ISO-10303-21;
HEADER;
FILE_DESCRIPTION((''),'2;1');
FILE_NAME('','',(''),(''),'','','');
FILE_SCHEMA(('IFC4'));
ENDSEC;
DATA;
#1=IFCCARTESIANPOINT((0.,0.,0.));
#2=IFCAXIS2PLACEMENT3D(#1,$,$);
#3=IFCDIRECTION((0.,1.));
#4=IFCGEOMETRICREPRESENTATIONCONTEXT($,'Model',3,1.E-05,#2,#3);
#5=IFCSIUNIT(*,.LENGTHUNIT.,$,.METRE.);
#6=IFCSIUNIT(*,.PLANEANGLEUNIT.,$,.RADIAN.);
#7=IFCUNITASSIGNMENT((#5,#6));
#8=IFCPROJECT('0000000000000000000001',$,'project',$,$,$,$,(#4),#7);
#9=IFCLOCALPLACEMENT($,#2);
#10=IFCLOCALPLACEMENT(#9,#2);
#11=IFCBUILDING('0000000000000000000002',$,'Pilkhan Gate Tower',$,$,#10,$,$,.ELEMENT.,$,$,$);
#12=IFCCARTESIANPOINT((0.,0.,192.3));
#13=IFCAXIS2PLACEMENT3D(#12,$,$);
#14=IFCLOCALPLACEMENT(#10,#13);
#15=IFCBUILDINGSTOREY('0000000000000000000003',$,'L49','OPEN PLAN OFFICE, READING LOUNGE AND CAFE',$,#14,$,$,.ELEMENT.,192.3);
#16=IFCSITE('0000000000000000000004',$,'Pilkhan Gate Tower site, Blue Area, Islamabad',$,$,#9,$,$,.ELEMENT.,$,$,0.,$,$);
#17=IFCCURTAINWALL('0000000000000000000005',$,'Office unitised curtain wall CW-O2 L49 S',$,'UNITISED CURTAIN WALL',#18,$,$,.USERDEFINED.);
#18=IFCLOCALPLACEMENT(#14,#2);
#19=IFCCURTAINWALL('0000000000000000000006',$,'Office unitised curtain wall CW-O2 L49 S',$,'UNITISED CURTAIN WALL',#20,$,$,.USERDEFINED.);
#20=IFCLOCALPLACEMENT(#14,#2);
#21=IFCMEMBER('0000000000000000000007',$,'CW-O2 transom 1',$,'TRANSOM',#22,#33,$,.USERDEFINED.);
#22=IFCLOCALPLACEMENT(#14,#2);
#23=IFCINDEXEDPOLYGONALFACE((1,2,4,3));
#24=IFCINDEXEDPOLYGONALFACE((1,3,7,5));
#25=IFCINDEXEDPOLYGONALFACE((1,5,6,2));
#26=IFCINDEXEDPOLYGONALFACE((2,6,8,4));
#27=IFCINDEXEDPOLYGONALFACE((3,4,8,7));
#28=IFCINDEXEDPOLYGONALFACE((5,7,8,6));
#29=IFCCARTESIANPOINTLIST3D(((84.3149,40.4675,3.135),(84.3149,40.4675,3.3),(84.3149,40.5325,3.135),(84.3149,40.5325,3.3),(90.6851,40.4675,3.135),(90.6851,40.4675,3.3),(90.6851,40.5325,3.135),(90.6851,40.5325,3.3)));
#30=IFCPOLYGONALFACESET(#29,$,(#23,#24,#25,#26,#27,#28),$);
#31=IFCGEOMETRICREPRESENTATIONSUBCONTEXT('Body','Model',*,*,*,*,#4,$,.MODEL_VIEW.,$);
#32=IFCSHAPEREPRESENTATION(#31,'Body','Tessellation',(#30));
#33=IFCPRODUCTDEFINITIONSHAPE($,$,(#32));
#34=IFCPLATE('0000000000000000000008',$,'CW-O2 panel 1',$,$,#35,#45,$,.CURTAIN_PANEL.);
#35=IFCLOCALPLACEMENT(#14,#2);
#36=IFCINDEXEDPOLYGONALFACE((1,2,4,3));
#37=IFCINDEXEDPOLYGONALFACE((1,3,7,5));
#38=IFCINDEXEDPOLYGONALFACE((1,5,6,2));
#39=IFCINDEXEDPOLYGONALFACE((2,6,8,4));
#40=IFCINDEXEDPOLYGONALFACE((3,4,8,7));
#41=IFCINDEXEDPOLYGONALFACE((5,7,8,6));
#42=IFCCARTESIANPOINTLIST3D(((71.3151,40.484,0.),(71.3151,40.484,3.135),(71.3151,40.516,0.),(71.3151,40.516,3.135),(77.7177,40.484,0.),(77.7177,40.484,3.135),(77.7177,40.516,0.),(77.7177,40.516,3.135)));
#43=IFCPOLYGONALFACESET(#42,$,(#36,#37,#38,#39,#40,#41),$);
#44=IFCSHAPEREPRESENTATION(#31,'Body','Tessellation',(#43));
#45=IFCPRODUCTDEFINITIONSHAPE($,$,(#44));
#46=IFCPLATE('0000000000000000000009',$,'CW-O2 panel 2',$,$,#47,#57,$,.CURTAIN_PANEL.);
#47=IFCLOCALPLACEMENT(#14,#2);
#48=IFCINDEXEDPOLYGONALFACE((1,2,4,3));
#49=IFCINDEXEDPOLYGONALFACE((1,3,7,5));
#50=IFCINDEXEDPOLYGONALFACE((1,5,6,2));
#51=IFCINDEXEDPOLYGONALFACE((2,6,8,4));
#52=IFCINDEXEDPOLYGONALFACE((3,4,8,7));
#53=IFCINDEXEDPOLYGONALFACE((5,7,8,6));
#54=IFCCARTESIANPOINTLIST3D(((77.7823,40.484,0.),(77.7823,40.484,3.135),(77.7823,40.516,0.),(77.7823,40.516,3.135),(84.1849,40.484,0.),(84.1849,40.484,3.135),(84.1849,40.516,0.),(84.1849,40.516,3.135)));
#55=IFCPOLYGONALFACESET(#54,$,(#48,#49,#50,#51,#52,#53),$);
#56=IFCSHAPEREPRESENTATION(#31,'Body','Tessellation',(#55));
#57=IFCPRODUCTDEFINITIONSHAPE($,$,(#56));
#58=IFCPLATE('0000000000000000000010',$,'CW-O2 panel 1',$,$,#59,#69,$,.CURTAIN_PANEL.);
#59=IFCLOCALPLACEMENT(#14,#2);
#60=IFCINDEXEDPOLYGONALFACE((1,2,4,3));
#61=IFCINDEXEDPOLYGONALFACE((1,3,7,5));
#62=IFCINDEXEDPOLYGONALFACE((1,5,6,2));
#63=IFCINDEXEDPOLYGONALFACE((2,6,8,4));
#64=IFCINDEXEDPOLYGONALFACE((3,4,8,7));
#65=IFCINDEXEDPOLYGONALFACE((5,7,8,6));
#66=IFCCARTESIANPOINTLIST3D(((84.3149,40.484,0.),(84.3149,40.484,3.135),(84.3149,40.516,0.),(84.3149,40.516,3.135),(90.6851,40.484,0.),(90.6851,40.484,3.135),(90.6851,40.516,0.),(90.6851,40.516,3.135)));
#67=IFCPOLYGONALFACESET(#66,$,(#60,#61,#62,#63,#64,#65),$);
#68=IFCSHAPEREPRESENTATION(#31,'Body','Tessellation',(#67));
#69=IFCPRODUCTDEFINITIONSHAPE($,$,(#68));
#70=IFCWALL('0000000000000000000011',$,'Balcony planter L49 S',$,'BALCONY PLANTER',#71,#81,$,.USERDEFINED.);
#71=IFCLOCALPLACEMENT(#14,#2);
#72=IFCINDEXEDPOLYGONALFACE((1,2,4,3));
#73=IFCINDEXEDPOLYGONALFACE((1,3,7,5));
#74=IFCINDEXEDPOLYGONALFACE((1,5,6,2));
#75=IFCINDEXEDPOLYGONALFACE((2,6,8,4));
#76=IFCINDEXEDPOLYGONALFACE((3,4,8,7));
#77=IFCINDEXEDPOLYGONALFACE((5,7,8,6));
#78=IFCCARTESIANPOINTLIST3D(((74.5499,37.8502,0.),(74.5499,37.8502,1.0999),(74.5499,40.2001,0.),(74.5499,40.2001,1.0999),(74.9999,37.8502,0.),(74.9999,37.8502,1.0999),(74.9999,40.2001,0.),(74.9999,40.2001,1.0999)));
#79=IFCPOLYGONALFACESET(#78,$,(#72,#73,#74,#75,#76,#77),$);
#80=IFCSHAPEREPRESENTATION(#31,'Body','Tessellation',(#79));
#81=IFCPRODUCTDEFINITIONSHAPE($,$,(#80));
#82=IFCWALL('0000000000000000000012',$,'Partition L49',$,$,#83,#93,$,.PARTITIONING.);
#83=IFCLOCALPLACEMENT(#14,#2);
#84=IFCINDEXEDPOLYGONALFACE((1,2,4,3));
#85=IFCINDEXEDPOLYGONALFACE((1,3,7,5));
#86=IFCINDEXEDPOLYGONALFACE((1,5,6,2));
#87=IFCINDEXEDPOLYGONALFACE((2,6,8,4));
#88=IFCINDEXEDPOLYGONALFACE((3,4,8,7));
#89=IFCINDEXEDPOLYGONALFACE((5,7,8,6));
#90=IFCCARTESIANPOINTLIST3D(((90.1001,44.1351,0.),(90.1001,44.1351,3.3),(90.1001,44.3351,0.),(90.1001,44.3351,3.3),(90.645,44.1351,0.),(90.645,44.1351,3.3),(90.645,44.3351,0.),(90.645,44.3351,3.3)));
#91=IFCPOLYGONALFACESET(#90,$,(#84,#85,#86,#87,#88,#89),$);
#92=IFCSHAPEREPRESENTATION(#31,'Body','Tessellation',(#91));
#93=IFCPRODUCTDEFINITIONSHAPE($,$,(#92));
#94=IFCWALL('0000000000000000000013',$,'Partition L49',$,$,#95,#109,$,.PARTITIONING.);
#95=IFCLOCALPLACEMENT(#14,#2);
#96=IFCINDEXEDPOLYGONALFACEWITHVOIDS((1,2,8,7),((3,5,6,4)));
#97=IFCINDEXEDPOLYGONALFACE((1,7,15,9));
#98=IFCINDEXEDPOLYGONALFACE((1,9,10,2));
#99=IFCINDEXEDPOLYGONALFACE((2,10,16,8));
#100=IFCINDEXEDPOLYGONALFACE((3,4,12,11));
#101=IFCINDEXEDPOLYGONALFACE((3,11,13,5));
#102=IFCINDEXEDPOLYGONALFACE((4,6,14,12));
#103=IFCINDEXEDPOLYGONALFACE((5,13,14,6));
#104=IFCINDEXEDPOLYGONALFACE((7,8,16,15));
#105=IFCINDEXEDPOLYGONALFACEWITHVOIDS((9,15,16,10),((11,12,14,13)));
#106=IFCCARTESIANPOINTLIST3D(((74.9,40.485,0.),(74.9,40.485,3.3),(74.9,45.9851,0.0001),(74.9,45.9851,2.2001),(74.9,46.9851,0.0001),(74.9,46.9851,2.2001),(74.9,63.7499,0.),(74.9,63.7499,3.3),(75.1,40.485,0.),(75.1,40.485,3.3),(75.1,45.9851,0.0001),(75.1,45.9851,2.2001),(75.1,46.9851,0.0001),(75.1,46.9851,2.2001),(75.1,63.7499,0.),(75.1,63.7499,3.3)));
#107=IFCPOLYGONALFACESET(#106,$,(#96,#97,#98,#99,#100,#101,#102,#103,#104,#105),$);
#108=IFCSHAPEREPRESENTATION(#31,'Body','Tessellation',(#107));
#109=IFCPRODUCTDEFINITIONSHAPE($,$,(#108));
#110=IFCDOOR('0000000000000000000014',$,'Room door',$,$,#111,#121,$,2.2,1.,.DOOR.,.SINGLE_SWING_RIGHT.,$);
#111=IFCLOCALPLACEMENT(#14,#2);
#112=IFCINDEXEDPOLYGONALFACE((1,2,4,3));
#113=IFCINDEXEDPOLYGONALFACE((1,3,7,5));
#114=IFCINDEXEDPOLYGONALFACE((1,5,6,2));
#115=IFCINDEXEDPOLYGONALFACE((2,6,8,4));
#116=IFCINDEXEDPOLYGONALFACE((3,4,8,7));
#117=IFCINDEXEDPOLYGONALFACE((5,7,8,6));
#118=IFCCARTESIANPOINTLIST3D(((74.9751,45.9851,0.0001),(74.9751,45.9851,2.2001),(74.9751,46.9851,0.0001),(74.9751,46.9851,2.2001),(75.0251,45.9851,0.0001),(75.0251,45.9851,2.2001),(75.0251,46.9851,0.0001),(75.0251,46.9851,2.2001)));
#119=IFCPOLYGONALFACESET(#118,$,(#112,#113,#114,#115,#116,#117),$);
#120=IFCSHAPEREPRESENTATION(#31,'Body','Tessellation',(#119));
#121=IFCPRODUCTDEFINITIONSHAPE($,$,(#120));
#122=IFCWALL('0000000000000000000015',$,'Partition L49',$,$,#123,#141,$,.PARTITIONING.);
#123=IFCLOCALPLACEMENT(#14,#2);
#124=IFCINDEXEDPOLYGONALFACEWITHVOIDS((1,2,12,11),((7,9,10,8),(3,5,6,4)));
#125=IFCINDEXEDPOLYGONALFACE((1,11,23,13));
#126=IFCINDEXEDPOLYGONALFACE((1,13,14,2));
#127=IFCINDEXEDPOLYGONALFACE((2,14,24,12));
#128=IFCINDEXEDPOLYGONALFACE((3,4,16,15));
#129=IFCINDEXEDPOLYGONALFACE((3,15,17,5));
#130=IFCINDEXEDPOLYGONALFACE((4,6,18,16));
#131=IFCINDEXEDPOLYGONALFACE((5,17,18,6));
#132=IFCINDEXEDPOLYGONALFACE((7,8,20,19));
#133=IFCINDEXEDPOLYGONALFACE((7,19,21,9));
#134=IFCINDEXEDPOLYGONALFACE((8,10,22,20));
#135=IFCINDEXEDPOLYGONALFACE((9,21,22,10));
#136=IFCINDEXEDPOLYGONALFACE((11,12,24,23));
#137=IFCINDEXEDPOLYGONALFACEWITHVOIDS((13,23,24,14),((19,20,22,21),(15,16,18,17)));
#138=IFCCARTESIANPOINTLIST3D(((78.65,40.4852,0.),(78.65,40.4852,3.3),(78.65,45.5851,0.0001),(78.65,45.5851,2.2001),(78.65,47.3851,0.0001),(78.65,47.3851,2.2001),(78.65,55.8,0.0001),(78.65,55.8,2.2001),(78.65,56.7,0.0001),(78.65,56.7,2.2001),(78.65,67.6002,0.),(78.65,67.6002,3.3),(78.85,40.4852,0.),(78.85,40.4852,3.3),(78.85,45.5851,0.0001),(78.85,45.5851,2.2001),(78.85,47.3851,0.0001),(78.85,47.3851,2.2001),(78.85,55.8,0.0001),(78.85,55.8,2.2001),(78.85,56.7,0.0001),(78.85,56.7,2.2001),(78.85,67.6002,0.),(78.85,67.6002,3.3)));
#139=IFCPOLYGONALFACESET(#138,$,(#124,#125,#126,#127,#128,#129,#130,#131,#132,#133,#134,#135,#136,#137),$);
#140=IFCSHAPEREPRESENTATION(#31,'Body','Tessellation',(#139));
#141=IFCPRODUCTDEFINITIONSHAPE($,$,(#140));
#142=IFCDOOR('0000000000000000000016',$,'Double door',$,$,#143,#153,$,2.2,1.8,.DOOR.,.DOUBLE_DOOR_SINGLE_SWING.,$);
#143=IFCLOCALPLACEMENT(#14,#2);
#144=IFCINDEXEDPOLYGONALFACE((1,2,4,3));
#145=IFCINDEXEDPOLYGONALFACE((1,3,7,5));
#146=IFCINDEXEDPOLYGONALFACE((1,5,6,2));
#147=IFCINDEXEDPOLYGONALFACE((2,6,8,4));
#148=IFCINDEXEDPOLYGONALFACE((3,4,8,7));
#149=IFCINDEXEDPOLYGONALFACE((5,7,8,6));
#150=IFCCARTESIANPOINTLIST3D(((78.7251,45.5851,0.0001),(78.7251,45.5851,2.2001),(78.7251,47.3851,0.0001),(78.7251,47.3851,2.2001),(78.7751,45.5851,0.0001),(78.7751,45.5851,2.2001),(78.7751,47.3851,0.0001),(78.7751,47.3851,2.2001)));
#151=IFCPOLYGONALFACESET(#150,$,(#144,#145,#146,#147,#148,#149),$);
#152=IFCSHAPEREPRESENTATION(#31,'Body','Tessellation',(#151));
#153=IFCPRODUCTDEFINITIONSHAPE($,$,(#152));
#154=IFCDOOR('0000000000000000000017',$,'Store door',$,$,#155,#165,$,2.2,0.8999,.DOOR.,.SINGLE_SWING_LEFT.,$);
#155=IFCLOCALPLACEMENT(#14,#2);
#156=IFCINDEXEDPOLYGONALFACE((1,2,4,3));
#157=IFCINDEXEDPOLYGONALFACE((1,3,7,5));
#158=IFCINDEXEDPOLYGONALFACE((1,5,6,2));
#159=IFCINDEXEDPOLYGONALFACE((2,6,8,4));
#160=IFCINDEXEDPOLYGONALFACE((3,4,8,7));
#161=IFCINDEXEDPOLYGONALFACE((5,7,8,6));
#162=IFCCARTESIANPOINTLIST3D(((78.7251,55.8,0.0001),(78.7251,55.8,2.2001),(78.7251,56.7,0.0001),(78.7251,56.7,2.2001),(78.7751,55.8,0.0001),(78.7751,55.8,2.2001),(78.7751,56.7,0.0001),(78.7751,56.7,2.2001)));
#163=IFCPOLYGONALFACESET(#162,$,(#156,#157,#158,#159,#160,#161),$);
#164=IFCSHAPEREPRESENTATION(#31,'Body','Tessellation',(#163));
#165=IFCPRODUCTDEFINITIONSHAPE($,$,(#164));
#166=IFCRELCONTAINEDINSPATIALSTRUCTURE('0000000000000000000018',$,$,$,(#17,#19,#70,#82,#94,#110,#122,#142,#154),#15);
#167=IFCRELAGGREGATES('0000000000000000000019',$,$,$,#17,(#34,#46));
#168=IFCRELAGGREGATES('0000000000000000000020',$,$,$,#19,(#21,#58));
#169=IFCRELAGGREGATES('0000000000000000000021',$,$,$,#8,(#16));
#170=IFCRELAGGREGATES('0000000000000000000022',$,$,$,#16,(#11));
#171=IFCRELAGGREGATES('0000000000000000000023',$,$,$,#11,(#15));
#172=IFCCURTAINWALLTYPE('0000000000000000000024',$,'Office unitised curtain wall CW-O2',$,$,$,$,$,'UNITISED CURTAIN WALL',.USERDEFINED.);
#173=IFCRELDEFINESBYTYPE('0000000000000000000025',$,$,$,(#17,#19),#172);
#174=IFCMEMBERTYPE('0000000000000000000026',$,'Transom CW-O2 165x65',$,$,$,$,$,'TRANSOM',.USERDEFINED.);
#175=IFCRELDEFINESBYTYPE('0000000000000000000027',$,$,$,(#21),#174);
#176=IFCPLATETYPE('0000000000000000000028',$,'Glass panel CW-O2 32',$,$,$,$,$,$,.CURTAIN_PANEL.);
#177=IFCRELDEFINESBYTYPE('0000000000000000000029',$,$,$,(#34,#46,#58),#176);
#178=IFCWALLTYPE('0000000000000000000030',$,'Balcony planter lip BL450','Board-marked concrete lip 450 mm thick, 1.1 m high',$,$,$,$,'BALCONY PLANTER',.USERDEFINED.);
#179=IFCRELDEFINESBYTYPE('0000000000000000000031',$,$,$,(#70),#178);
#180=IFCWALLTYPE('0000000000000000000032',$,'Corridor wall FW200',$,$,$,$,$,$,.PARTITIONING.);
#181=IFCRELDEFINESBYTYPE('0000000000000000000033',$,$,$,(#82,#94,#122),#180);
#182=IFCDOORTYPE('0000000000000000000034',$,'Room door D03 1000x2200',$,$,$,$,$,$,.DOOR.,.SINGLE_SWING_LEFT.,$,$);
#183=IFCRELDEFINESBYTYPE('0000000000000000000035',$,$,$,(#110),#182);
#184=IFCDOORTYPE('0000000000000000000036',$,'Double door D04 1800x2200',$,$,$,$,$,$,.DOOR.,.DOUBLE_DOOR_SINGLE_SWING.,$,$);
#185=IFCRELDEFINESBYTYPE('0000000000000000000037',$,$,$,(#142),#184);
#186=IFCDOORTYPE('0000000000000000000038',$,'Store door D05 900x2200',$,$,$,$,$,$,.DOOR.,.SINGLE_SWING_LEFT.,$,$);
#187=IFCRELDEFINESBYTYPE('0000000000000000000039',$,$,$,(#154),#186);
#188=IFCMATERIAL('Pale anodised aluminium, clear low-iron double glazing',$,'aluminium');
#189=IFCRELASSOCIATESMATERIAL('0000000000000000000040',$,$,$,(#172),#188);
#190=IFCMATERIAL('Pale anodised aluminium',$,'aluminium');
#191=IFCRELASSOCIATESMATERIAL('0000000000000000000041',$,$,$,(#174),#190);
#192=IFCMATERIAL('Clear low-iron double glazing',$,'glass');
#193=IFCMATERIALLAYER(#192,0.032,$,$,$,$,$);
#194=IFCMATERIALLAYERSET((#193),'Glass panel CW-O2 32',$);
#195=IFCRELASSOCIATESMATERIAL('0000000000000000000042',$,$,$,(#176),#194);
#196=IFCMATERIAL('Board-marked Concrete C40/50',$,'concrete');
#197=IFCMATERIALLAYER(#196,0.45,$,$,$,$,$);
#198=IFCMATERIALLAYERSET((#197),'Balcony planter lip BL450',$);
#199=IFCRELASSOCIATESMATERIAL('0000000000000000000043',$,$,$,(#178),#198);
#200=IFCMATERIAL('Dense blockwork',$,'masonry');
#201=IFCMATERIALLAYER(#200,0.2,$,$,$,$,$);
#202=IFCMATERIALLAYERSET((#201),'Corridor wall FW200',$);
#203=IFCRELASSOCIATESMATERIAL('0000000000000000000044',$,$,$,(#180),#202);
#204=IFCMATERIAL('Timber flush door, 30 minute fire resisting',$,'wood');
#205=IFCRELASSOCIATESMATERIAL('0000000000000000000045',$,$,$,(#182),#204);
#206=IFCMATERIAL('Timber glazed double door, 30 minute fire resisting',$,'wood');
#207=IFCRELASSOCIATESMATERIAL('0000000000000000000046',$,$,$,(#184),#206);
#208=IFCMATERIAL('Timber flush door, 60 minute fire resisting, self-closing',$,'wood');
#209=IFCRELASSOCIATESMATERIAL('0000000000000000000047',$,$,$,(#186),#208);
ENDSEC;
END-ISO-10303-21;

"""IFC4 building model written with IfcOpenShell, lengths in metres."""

from ifc_helpers import new_model, si_unit, direction, frame, frame_2d, origin, origin_2d, place, context, subcontext, project, spatial, rectangle, extrude, material, layer, layer_set, material_profile, profile_set, type_object, element, fill, aggregate, save


model = new_model("IFC4")

# Units and contexts
model_context = context("Model", 3, precision=1e-05, world=origin(), true_north=direction((0.0, 1.0)))
body_context = subcontext(model_context, "Body", "Model", "MODEL_VIEW")
ifc_project = project(units=[si_unit("LENGTHUNIT", "METRE"), si_unit("PLANEANGLEUNIT", "RADIAN")], contexts=[model_context])

# Site, building, storey
site_placement = place(None, origin())
site = spatial("IfcSite", under=ifc_project, at=site_placement, Name="Pilkhan Gate Tower site, Blue Area, Islamabad", CompositionType="ELEMENT", RefElevation=0.0)
building_placement = place(site_placement, origin())
building = spatial("IfcBuilding", under=site, at=building_placement, Name="Pilkhan Gate Tower", CompositionType="ELEMENT")
storey_placement = place(building_placement, frame((0.0, 0.0, 192.3)))
storey = spatial("IfcBuildingStorey", under=building, at=storey_placement, Name="L49", Description="OPEN PLAN OFFICE, READING LOUNGE AND CAFE", CompositionType="ELEMENT", Elevation=192.3)

# Curtain walls
ifc_material_1 = material(Name="Pale anodised aluminium, clear low-iron double glazing", Category="aluminium")
curtain_wall_type = type_object("IfcCurtainWallType", Name="Office unitised curtain wall CW-O2", ElementType="UNITISED CURTAIN WALL", PredefinedType="USERDEFINED", material=ifc_material_1)
curtain_wall_1_placement = place(storey_placement, origin())
curtain_wall_1 = element("IfcCurtainWall", 1, at=curtain_wall_1_placement, inside=storey, type_object=curtain_wall_type, Name="Office unitised curtain wall CW-O2 L49 S", ObjectType="UNITISED CURTAIN WALL", PredefinedType="USERDEFINED")
ifc_material_2 = material(Name="Pale anodised aluminium", Category="aluminium")
curtain_wall_2_placement = place(storey_placement, origin())
curtain_wall_2 = element("IfcCurtainWall", 2, at=curtain_wall_2_placement, inside=storey, type_object=curtain_wall_type, Name="Office unitised curtain wall CW-O2 L49 S", ObjectType="UNITISED CURTAIN WALL", PredefinedType="USERDEFINED")

# Member
ifc_material_profile_1 = material_profile(ifc_material_2, rectangle(XDim=0.0649, YDim=0.165, at=origin_2d()), Name="Transom 165x65")
ifc_profile_set_1 = profile_set([ifc_material_profile_1], Name="Pale anodised aluminium")
member_type_1 = type_object("IfcMemberType", Name="Transom CW-O2 165x65", ElementType="TRANSOM", PredefinedType="USERDEFINED", material=ifc_profile_set_1)
member_1_placement = place(storey_placement, frame((84.3149, 40.5, 3.2175), z_axis=(1.0, 0.0, 0.0), x_axis=(0.0, 1.0, 0.0)))
member_1 = element("IfcMember", 3, at=member_1_placement, type_object=member_type_1, Name="CW-O2 transom 1", ObjectType="TRANSOM", PredefinedType="USERDEFINED", context=body_context, shape_type="SweptSolid", body=[
    extrude(rectangle(XDim=0.0649, YDim=0.165, at=origin_2d()), origin(), (0.0, 0.0, 1.0), 6.3701),
])

# Plates
ifc_material_3 = material(Name="Clear low-iron double glazing", Category="glass")
ifc_layer_1 = layer(ifc_material_3, 0.032)
ifc_layer_set_1 = layer_set([ifc_layer_1], Name="Glass panel CW-O2 32")
plate_type = type_object("IfcPlateType", Name="Glass panel CW-O2 32", PredefinedType="CURTAIN_PANEL", material=ifc_layer_set_1)
plate_1_placement = place(storey_placement, frame((74.5164, 40.5, 0.0), z_axis=(0.0, 0.0, 1.0), x_axis=(1.0, 0.0, 0.0)))
plate_1 = element("IfcPlate", 4, at=plate_1_placement, type_object=plate_type, Name="CW-O2 panel 1", PredefinedType="CURTAIN_PANEL", context=body_context, shape_type="SweptSolid", body=[
    extrude(rectangle(XDim=6.4026, YDim=0.032, at=origin_2d()), origin(), (0.0, 0.0, 1.0), 3.135),
])
plate_2_placement = place(storey_placement, frame((80.9836, 40.5, 0.0), z_axis=(0.0, 0.0, 1.0), x_axis=(1.0, 0.0, 0.0)))
plate_2 = element("IfcPlate", 5, at=plate_2_placement, type_object=plate_type, Name="CW-O2 panel 2", PredefinedType="CURTAIN_PANEL", context=body_context, shape_type="SweptSolid", body=[
    extrude(rectangle(XDim=6.4026, YDim=0.032, at=origin_2d()), origin(), (0.0, 0.0, 1.0), 3.135),
])
aggregate(curtain_wall_1, [plate_1, plate_2])
plate_3_placement = place(storey_placement, frame((87.5, 40.5, 0.0), z_axis=(0.0, 0.0, 1.0), x_axis=(1.0, 0.0, 0.0)))
plate_3 = element("IfcPlate", 6, at=plate_3_placement, type_object=plate_type, Name="CW-O2 panel 1", PredefinedType="CURTAIN_PANEL", context=body_context, shape_type="SweptSolid", body=[
    extrude(rectangle(XDim=6.3701, YDim=0.032, at=origin_2d()), origin(), (0.0, 0.0, 1.0), 3.135),
])
aggregate(curtain_wall_2, [member_1, plate_3])

# Walls
ifc_material_4 = material(Name="Board-marked Concrete C40/50", Category="concrete")
ifc_layer_2 = layer(ifc_material_4, 0.45)
ifc_layer_set_2 = layer_set([ifc_layer_2], Name="Balcony planter lip BL450")
wall_type_1 = type_object("IfcWallType", Name="Balcony planter lip BL450", Description="Board-marked concrete lip 450 mm thick, 1.1 m high", ElementType="BALCONY PLANTER", PredefinedType="USERDEFINED", material=ifc_layer_set_2)
wall_1_placement = place(storey_placement, frame((74.7749, 40.2, 0.0), z_axis=(0.0, 0.0, 1.0), x_axis=(0.0, -1.0, 0.0)))
element("IfcWall", 7, at=wall_1_placement, inside=storey, type_object=wall_type_1, Name="Balcony planter L49 S", ObjectType="BALCONY PLANTER", PredefinedType="USERDEFINED", context=body_context, shape_type="SweptSolid", body=[
    extrude(rectangle(XDim=2.3499, YDim=0.45, at=frame_2d((1.1748, 0.0))), origin(), (0.0, 0.0, 1.0), 1.0999),
])
ifc_material_5 = material(Name="Dense blockwork", Category="masonry")
ifc_layer_3 = layer(ifc_material_5, 0.2)
ifc_layer_set_3 = layer_set([ifc_layer_3], Name="Corridor wall FW200")
wall_type_2 = type_object("IfcWallType", Name="Corridor wall FW200", PredefinedType="PARTITIONING", material=ifc_layer_set_3)
wall_2_placement = place(storey_placement, frame((90.1001, 44.2351, 0.0), z_axis=(0.0, 0.0, 1.0), x_axis=(1.0, 0.0, 0.0)))
element("IfcWall", 8, at=wall_2_placement, inside=storey, type_object=wall_type_2, Name="Partition L49", PredefinedType="PARTITIONING", context=body_context, shape_type="SweptSolid", body=[
    extrude(rectangle(XDim=0.5449, YDim=0.2, at=frame_2d((0.2725, 0.0))), origin(), (0.0, 0.0, 1.0), 3.3),
])

# Wall, opening, door
wall_3_placement = place(storey_placement, frame((75.0, 40.4851, 0.0), z_axis=(0.0, 0.0, 1.0), x_axis=(0.0, 1.0, 0.0)))
wall_3 = element("IfcWall", 9, at=wall_3_placement, inside=storey, type_object=wall_type_2, Name="Partition L49", PredefinedType="PARTITIONING", context=body_context, shape_type="SweptSolid", body=[
    extrude(rectangle(XDim=23.2649, YDim=0.2, at=frame_2d((11.6323, 0.0))), origin(), (0.0, 0.0, 1.0), 3.3),
])
opening_1_placement = place(wall_3_placement, frame((5.5, 0.0, 0.0)))
opening_1 = element("IfcOpeningElement", 10, at=opening_1_placement, cuts=wall_3, PredefinedType="OPENING", context=body_context, shape_type="SweptSolid", body=[
    extrude(rectangle(XDim=1.0, YDim=2.2, at=frame_2d((0.5, 1.1001))), frame((0.0, 0.1099, 0.0), z_axis=(0.0, -1.0, 0.0), x_axis=(1.0, 0.0, 0.0)), (0.0, 0.0, 1.0), 0.22),
])
ifc_material_6 = material(Name="Timber flush door, 30 minute fire resisting", Category="wood")
door_type_1 = type_object("IfcDoorType", Name="Room door D03 1000x2200", OperationType="SINGLE_SWING_LEFT", PredefinedType="DOOR", material=ifc_material_6)
door_1_placement = place(opening_1_placement, origin())
door_1 = element("IfcDoor", 11, at=door_1_placement, inside=storey, type_object=door_type_1, Name="Room door", OperationType="SINGLE_SWING_RIGHT", OverallHeight=2.2, OverallWidth=1.0, PredefinedType="DOOR", context=body_context, shape_type="SweptSolid", body=[
    extrude(rectangle(XDim=1.0, YDim=2.2, at=frame_2d((0.5, 1.1001))), frame((0.0, 0.0249, 0.0), z_axis=(0.0, -1.0, 0.0), x_axis=(1.0, 0.0, 0.0)), (0.0, 0.0, 1.0), 0.05),
])
fill(opening_1, door_1)

# Wall, openings, doors
wall_4_placement = place(storey_placement, frame((78.75, 40.4851, 0.0), z_axis=(0.0, 0.0, 1.0), x_axis=(0.0, 1.0, 0.0)))
wall_4 = element("IfcWall", 12, at=wall_4_placement, inside=storey, type_object=wall_type_2, Name="Partition L49", PredefinedType="PARTITIONING", context=body_context, shape_type="SweptSolid", body=[
    extrude(rectangle(XDim=27.115, YDim=0.2, at=frame_2d((13.5576, 0.0))), origin(), (0.0, 0.0, 1.0), 3.3),
])
opening_2_placement = place(wall_4_placement, frame((5.1001, 0.0, 0.0)))
opening_2 = element("IfcOpeningElement", 13, at=opening_2_placement, cuts=wall_4, PredefinedType="OPENING", context=body_context, shape_type="SweptSolid", body=[
    extrude(rectangle(XDim=1.8, YDim=2.2, at=frame_2d((0.8999, 1.1001))), frame((0.0, 0.1099, 0.0), z_axis=(0.0, -1.0, 0.0), x_axis=(1.0, 0.0, 0.0)), (0.0, 0.0, 1.0), 0.22),
])
opening_3_placement = place(wall_4_placement, frame((15.3149, 0.0, 0.0)))
opening_3 = element("IfcOpeningElement", 14, at=opening_3_placement, cuts=wall_4, PredefinedType="OPENING", context=body_context, shape_type="SweptSolid", body=[
    extrude(rectangle(XDim=0.8999, YDim=2.2, at=frame_2d((0.45, 1.1001))), frame((0.0, 0.1099, 0.0), z_axis=(0.0, -1.0, 0.0), x_axis=(1.0, 0.0, 0.0)), (0.0, 0.0, 1.0), 0.22),
])
ifc_material_7 = material(Name="Timber glazed double door, 30 minute fire resisting", Category="wood")
door_type_2 = type_object("IfcDoorType", Name="Double door D04 1800x2200", OperationType="DOUBLE_DOOR_SINGLE_SWING", PredefinedType="DOOR", material=ifc_material_7)
door_2_placement = place(opening_2_placement, origin())
door_2 = element("IfcDoor", 15, at=door_2_placement, inside=storey, type_object=door_type_2, Name="Double door", OperationType="DOUBLE_DOOR_SINGLE_SWING", OverallHeight=2.2, OverallWidth=1.8, PredefinedType="DOOR", context=body_context, shape_type="SweptSolid", body=[
    extrude(rectangle(XDim=1.8, YDim=2.2, at=frame_2d((0.8999, 1.1001))), frame((0.0, 0.0249, 0.0), z_axis=(0.0, -1.0, 0.0), x_axis=(1.0, 0.0, 0.0)), (0.0, 0.0, 1.0), 0.05),
])
fill(opening_2, door_2)
ifc_material_8 = material(Name="Timber flush door, 60 minute fire resisting, self-closing", Category="wood")
door_type_3 = type_object("IfcDoorType", Name="Store door D05 900x2200", OperationType="SINGLE_SWING_LEFT", PredefinedType="DOOR", material=ifc_material_8)
door_3_placement = place(opening_3_placement, origin())
door_3 = element("IfcDoor", 16, at=door_3_placement, inside=storey, type_object=door_type_3, Name="Store door", OperationType="SINGLE_SWING_LEFT", OverallHeight=2.2, OverallWidth=0.8999, PredefinedType="DOOR", context=body_context, shape_type="SweptSolid", body=[
    extrude(rectangle(XDim=0.8999, YDim=2.2, at=frame_2d((0.45, 1.1001))), frame((0.0, 0.0249, 0.0), z_axis=(0.0, -1.0, 0.0), x_axis=(1.0, 0.0, 0.0)), (0.0, 0.0, 1.0), 0.05),
])
fill(opening_3, door_3)

save(model, "model.ifc")
